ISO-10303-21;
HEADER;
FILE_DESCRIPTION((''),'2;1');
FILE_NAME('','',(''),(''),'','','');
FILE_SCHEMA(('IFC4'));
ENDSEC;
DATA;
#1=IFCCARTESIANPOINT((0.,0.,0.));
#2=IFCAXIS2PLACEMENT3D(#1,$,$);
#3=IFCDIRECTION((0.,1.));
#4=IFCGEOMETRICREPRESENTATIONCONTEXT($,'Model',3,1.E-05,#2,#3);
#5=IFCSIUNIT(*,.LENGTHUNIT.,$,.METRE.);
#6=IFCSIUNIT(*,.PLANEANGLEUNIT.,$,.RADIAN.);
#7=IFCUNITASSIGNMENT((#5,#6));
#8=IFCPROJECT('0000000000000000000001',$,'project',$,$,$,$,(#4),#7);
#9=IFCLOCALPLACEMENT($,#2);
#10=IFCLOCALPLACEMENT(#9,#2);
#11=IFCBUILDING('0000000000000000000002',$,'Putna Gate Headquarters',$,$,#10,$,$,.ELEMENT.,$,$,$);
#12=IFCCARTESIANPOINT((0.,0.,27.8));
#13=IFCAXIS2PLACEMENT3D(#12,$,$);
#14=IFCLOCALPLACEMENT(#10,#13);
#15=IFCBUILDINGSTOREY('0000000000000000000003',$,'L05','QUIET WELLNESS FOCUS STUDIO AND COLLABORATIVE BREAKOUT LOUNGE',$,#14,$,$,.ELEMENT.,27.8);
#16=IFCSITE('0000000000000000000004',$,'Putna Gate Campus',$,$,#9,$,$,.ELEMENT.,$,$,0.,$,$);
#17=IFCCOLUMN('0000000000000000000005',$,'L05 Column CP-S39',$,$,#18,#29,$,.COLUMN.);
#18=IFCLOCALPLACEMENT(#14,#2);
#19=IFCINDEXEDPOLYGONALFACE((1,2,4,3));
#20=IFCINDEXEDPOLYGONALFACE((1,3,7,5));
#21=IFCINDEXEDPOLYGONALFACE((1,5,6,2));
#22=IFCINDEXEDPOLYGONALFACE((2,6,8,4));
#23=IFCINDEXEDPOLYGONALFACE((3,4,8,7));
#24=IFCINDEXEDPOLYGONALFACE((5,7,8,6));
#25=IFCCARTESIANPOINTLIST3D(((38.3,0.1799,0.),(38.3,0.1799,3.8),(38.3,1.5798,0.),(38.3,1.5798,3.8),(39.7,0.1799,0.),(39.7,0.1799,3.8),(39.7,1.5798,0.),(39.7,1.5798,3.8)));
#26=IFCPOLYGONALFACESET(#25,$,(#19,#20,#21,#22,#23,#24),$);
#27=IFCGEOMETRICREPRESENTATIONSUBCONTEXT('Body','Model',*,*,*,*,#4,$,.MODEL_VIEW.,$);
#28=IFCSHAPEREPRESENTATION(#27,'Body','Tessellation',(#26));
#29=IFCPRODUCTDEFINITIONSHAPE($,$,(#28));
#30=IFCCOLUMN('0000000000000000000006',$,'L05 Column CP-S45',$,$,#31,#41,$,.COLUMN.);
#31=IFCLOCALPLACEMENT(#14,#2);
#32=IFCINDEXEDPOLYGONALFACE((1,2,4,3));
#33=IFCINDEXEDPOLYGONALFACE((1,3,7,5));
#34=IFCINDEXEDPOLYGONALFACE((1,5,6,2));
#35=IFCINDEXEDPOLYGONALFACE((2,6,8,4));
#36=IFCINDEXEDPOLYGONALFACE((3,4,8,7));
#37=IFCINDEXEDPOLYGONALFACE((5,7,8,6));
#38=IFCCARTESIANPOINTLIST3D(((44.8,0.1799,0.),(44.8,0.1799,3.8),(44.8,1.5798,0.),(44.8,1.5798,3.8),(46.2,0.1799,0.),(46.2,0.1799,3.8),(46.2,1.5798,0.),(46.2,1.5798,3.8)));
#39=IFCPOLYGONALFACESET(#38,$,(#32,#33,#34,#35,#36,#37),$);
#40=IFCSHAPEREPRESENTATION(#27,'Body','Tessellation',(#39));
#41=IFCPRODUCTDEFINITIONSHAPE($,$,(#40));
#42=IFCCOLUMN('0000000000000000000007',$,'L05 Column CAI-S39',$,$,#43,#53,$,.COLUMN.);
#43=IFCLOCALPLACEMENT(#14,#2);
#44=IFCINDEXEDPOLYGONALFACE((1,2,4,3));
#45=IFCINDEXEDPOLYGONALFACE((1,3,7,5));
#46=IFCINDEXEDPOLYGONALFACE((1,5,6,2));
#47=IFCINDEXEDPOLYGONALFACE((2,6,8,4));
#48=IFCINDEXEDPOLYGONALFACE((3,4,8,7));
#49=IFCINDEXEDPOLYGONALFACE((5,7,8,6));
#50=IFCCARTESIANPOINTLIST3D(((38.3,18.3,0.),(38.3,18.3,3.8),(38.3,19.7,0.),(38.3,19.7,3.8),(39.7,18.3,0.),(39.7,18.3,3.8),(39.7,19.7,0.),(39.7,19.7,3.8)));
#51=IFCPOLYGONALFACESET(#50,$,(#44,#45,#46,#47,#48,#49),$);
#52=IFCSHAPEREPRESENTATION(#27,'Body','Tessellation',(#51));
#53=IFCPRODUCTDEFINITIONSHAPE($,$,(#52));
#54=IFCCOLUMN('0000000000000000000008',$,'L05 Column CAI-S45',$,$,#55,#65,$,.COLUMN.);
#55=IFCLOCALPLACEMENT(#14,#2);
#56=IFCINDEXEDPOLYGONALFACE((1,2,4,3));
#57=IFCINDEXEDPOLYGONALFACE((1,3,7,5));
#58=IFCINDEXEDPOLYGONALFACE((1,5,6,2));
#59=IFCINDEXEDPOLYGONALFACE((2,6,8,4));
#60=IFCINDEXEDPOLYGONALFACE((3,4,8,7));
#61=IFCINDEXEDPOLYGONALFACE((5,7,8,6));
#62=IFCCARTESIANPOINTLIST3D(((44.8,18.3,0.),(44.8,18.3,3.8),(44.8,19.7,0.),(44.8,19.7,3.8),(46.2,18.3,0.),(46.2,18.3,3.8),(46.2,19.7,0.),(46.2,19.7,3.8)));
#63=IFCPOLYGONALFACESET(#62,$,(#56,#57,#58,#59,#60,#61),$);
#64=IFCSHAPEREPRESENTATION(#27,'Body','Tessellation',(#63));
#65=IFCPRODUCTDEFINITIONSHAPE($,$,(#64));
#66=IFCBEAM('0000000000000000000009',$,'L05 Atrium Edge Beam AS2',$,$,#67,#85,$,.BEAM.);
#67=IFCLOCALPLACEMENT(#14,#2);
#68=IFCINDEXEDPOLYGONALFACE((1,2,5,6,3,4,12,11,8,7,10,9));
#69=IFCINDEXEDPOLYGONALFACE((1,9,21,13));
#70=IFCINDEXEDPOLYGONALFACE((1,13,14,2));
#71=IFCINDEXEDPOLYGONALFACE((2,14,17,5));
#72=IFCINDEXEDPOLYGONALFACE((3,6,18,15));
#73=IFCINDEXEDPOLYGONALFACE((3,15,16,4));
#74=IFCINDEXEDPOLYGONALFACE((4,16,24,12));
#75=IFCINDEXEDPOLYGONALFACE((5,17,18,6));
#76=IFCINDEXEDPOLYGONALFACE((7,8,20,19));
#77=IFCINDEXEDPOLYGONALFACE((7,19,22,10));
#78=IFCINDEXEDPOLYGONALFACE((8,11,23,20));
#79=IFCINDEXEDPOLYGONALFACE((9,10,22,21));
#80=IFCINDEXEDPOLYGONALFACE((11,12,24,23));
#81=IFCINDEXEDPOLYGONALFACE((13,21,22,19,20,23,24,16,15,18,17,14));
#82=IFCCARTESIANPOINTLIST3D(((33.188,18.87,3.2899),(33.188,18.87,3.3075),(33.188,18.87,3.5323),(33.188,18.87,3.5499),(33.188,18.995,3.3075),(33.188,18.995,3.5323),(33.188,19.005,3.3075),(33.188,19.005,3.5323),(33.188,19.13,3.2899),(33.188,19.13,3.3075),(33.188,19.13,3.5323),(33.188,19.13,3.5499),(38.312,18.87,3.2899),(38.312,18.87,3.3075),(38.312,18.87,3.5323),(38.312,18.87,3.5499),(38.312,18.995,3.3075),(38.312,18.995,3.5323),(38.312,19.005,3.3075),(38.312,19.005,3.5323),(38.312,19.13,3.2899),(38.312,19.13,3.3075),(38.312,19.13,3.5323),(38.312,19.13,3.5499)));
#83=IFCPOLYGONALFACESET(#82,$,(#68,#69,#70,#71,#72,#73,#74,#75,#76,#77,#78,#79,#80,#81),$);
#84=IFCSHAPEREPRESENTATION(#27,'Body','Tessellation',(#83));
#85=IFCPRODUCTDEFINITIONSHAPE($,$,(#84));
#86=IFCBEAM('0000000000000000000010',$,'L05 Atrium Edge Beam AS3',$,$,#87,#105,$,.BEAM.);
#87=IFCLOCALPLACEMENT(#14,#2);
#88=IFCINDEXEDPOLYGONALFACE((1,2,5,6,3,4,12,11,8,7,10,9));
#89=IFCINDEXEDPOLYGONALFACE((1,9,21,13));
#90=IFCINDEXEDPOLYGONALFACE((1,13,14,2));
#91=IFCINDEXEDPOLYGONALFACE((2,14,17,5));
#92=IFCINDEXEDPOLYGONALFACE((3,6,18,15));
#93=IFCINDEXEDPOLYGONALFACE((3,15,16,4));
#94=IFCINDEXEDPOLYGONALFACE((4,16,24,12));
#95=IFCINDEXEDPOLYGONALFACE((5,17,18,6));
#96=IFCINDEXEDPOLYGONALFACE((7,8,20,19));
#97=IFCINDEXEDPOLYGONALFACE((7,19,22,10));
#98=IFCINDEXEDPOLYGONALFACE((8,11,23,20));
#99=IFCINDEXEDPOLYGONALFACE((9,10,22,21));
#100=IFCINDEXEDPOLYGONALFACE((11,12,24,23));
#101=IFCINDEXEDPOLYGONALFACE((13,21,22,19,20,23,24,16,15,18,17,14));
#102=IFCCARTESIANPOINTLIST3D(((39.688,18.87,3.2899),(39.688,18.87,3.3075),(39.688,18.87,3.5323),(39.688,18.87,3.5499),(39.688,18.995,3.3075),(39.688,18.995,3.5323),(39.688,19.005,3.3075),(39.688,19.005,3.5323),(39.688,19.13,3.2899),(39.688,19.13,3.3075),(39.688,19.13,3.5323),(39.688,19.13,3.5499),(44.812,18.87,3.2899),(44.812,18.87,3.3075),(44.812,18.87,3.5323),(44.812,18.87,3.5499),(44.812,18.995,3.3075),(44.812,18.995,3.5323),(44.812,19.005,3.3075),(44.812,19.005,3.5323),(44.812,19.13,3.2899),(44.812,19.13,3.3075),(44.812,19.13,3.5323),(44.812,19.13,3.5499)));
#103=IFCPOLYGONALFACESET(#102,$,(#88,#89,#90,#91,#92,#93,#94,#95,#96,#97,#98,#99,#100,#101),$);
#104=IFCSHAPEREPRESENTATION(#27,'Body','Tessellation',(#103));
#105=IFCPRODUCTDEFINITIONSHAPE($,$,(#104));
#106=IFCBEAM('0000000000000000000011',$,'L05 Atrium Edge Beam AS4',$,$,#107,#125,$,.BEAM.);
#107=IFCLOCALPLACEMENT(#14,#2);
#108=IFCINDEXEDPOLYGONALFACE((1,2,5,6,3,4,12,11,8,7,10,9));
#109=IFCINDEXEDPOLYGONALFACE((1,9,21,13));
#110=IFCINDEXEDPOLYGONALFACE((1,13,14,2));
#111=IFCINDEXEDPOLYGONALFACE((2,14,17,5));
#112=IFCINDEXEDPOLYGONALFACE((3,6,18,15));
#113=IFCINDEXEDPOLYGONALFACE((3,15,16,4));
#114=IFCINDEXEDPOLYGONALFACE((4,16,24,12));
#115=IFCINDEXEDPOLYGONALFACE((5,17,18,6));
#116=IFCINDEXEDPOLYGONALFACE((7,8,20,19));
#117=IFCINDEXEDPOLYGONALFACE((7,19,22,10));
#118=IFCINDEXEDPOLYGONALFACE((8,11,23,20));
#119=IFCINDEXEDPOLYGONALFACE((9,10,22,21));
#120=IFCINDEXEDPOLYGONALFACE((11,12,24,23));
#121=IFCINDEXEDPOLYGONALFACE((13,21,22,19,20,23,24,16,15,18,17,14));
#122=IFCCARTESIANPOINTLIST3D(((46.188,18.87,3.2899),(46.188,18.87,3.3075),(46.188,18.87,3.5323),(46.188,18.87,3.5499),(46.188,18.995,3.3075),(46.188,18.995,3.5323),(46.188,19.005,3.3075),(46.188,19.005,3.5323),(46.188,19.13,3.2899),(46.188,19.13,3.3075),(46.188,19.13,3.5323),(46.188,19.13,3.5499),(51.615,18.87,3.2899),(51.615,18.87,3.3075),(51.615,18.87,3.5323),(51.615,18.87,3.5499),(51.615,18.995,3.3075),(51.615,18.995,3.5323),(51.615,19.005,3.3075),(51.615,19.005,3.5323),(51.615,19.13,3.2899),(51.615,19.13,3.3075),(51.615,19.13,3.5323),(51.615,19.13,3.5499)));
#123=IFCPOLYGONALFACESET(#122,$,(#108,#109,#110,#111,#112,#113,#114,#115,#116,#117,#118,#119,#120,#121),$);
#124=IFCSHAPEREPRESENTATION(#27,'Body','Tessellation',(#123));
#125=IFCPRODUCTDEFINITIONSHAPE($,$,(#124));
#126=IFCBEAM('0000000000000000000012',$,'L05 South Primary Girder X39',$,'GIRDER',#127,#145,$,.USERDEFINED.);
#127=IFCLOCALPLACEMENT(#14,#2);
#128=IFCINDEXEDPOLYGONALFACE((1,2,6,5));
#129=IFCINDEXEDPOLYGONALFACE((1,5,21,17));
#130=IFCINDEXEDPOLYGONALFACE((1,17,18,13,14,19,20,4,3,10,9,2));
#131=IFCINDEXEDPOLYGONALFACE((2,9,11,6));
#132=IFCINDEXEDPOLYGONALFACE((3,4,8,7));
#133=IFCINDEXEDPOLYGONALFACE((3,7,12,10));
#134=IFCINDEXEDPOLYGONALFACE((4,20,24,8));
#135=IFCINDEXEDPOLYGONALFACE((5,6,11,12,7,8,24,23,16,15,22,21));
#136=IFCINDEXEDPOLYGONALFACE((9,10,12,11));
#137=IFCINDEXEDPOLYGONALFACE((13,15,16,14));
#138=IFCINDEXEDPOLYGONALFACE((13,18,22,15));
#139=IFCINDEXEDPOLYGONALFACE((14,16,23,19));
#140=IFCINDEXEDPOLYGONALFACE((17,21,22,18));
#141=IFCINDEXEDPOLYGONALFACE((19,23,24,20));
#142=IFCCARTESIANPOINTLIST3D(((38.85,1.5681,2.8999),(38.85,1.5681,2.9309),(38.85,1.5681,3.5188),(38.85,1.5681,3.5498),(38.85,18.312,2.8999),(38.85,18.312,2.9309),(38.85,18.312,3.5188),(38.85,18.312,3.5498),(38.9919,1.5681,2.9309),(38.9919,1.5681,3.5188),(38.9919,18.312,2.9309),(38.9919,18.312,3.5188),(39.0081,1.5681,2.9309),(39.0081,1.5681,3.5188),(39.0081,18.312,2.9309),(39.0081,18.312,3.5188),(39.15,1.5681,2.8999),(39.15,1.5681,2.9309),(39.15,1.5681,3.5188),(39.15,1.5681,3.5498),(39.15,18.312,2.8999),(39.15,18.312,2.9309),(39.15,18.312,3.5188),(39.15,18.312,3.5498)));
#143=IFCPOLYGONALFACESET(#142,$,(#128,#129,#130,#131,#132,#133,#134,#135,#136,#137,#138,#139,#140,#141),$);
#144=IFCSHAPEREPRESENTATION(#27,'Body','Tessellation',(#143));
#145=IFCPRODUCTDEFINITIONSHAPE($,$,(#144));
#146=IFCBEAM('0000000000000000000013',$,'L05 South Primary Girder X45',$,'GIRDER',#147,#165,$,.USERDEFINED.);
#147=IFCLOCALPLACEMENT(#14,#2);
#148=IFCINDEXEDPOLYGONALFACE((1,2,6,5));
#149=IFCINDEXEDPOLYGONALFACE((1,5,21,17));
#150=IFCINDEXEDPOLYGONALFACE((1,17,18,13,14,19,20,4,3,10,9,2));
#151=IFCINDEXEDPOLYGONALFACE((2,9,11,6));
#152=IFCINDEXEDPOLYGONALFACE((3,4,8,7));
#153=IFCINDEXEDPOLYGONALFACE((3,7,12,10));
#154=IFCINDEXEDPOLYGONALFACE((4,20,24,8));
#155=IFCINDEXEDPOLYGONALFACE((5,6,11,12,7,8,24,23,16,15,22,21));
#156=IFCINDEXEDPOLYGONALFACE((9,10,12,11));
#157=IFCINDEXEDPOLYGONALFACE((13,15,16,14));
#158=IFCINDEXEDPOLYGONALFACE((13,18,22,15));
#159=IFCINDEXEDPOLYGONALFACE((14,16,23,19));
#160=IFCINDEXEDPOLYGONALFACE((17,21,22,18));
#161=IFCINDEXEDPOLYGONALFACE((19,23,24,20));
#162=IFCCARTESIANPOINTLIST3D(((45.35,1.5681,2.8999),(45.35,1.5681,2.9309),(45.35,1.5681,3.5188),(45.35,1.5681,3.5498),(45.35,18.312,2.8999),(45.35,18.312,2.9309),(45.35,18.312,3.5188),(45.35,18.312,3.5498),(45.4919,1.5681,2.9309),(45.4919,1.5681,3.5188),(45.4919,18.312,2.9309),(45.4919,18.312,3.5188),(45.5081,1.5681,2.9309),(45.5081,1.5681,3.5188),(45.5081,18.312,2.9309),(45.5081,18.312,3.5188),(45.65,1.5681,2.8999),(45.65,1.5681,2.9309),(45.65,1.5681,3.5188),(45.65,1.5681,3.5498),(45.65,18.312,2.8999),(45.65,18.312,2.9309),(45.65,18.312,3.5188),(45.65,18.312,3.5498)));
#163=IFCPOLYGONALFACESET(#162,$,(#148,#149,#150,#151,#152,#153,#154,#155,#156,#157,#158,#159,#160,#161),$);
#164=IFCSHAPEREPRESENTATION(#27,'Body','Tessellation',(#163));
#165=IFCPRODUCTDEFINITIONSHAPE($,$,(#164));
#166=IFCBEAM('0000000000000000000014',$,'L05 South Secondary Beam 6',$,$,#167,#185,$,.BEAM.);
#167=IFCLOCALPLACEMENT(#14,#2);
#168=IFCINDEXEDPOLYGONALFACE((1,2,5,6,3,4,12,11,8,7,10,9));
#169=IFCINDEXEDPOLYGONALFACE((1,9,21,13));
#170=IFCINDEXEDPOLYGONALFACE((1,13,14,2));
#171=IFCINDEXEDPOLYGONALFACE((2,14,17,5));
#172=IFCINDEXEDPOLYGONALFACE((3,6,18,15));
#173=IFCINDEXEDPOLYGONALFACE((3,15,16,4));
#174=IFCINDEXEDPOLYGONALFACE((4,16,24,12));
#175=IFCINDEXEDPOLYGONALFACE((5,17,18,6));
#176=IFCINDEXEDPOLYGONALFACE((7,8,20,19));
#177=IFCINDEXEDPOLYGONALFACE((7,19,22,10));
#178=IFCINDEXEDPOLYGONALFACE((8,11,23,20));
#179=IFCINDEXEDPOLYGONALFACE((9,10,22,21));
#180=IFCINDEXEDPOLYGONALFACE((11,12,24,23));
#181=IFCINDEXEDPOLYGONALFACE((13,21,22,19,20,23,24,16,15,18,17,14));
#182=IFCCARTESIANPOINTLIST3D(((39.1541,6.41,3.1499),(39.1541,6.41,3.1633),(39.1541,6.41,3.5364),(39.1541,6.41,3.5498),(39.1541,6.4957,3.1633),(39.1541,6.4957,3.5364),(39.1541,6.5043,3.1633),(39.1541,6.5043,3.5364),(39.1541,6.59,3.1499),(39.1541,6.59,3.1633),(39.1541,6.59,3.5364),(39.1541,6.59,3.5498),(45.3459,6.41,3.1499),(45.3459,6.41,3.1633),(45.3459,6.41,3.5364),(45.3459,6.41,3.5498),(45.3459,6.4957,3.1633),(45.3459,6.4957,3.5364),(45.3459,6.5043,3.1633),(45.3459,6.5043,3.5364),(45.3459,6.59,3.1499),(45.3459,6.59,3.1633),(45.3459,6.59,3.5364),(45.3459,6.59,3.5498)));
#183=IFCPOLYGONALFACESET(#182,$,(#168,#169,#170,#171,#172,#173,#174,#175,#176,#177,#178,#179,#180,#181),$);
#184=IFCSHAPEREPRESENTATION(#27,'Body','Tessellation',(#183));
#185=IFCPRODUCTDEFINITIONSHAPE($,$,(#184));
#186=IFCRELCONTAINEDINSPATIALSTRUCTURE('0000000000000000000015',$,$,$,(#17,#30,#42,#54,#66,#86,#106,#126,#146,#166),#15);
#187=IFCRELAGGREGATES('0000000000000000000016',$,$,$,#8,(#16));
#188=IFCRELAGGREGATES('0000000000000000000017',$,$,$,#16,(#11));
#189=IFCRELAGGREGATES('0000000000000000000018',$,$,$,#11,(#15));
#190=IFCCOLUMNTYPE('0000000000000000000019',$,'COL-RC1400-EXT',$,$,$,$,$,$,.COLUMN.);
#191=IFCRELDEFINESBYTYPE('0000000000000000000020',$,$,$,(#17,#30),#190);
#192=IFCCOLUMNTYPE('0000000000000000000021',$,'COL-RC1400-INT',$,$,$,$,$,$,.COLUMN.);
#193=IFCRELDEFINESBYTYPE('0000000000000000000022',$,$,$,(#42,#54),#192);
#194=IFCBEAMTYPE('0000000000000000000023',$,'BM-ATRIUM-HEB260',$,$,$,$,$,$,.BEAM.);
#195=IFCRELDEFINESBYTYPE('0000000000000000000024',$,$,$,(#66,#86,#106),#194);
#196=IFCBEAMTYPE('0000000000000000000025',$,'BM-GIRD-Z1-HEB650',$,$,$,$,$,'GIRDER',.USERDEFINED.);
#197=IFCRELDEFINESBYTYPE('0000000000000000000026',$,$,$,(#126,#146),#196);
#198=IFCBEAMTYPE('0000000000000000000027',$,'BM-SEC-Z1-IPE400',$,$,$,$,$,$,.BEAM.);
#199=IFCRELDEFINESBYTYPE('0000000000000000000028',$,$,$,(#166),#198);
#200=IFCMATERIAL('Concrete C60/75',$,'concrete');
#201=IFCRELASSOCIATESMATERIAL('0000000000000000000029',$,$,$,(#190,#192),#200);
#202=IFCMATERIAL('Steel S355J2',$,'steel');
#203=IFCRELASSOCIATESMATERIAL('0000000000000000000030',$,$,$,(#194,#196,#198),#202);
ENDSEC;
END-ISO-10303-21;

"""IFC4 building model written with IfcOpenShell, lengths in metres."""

from ifc_helpers import new_model, si_unit, direction, frame, origin, origin_2d, place, context, subcontext, project, spatial, rectangle, i_section, extrude, material, material_profile, profile_set, type_object, element, save


model = new_model("IFC4")

# Units and contexts
model_context = context("Model", 3, precision=1e-05, world=origin(), true_north=direction((0.0, 1.0)))
body_context = subcontext(model_context, "Body", "Model", "MODEL_VIEW")
ifc_project = project(units=[si_unit("LENGTHUNIT", "METRE"), si_unit("PLANEANGLEUNIT", "RADIAN")], contexts=[model_context])

# Site, building, storey
site_placement = place(None, origin())
site = spatial("IfcSite", under=ifc_project, at=site_placement, Name="Putna Gate Campus", CompositionType="ELEMENT", RefElevation=0.0)
building_placement = place(site_placement, origin())
building = spatial("IfcBuilding", under=site, at=building_placement, Name="Putna Gate Headquarters", CompositionType="ELEMENT")
storey_placement = place(building_placement, frame((0.0, 0.0, 27.8)))
storey = spatial("IfcBuildingStorey", under=building, at=storey_placement, Name="L05", Description="QUIET WELLNESS FOCUS STUDIO AND COLLABORATIVE BREAKOUT LOUNGE", CompositionType="ELEMENT", Elevation=27.8)

# Columns
ifc_material_1 = material(Name="Concrete C60/75", Category="concrete")
ifc_material_profile_1 = material_profile(ifc_material_1, rectangle(XDim=1.3999, YDim=1.3999, at=origin_2d()), Name="Concrete C60/75")
ifc_profile_set_1 = profile_set([ifc_material_profile_1], Name="Concrete C60/75")
column_type_1 = type_object("IfcColumnType", Name="COL-RC1400-EXT", PredefinedType="COLUMN", material=ifc_profile_set_1)
for number, where, z_axis, x_axis, name in (
    (1, (39.0, 0.8799, 0.0), (0.0, 0.0, 1.0), (1.0, 0.0, 0.0), "L05 Column CP-S39"),
    (2, (45.5, 0.8799, 0.0), (0.0, 0.0, 1.0), (1.0, 0.0, 0.0), "L05 Column CP-S45"),
):
    element("IfcColumn", number, at=place(storey_placement, frame(where, z_axis=z_axis, x_axis=x_axis)), inside=storey, type_object=column_type_1, Name=name, PredefinedType="COLUMN", context=body_context, shape_type="SweptSolid", body=[
        extrude(rectangle(XDim=1.3999, YDim=1.3999, at=origin_2d()), origin(), (0.0, 0.0, 1.0), 3.8),
    ])
ifc_material_profile_2 = material_profile(ifc_material_1, rectangle(XDim=1.3999, YDim=1.3999, at=origin_2d()), Name="Concrete C60/75")
ifc_profile_set_2 = profile_set([ifc_material_profile_2], Name="Concrete C60/75")
column_type_2 = type_object("IfcColumnType", Name="COL-RC1400-INT", PredefinedType="COLUMN", material=ifc_profile_set_2)
for number, where, z_axis, x_axis, name in (
    (3, (39.0, 19.0, 0.0), (0.0, 0.0, 1.0), (1.0, 0.0, 0.0), "L05 Column CAI-S39"),
    (4, (45.5, 19.0, 0.0), (0.0, 0.0, 1.0), (1.0, 0.0, 0.0), "L05 Column CAI-S45"),
):
    element("IfcColumn", number, at=place(storey_placement, frame(where, z_axis=z_axis, x_axis=x_axis)), inside=storey, type_object=column_type_2, Name=name, PredefinedType="COLUMN", context=body_context, shape_type="SweptSolid", body=[
        extrude(rectangle(XDim=1.3999, YDim=1.3999, at=origin_2d()), origin(), (0.0, 0.0, 1.0), 3.8),
    ])

# Beams
ifc_material_2 = material(Name="Steel S355J2", Category="steel")
ifc_material_profile_3 = material_profile(ifc_material_2, i_section(OverallWidth=0.26, OverallDepth=0.26, WebThickness=0.01, FlangeThickness=0.0176, at=origin_2d()), Name="Steel S355J2")
ifc_profile_set_3 = profile_set([ifc_material_profile_3], Name="Steel S355J2")
beam_type_1 = type_object("IfcBeamType", Name="BM-ATRIUM-HEB260", PredefinedType="BEAM", material=ifc_profile_set_3)
for number, where, z_axis, x_axis, name in (
    (5, (33.188, 19.0, 3.4199), (1.0, 0.0, 0.0), (0.0, 1.0, 0.0), "L05 Atrium Edge Beam AS2"),
    (6, (39.688, 19.0, 3.4199), (1.0, 0.0, 0.0), (0.0, 1.0, 0.0), "L05 Atrium Edge Beam AS3"),
):
    element("IfcBeam", number, at=place(storey_placement, frame(where, z_axis=z_axis, x_axis=x_axis)), inside=storey, type_object=beam_type_1, Name=name, PredefinedType="BEAM", context=body_context, shape_type="SweptSolid", body=[
        extrude(i_section(OverallWidth=0.26, OverallDepth=0.26, WebThickness=0.01, FlangeThickness=0.0176, at=origin_2d()), origin(), (0.0, 0.0, 1.0), 5.124),
    ])
beam_1_placement = place(storey_placement, frame((46.188, 19.0, 3.4199), z_axis=(1.0, 0.0, 0.0), x_axis=(0.0, 1.0, 0.0)))
element("IfcBeam", 7, at=beam_1_placement, inside=storey, type_object=beam_type_1, Name="L05 Atrium Edge Beam AS4", PredefinedType="BEAM", context=body_context, shape_type="SweptSolid", body=[
    extrude(i_section(OverallWidth=0.26, OverallDepth=0.26, WebThickness=0.01, FlangeThickness=0.0176, at=origin_2d()), origin(), (0.0, 0.0, 1.0), 5.427),
])
ifc_material_profile_4 = material_profile(ifc_material_2, i_section(OverallWidth=0.3, OverallDepth=0.6499, WebThickness=0.0161, FlangeThickness=0.031, at=origin_2d()), Name="Steel S355J2")
ifc_profile_set_4 = profile_set([ifc_material_profile_4], Name="Steel S355J2")
beam_type_2 = type_object("IfcBeamType", Name="BM-GIRD-Z1-HEB650", ElementType="GIRDER", PredefinedType="USERDEFINED", material=ifc_profile_set_4)
for number, where, z_axis, x_axis, name in (
    (8, (39.0, 1.5681, 3.2249), (0.0, 1.0, 0.0), (-1.0, 0.0, 0.0), "L05 South Primary Girder X39"),
    (9, (45.5, 1.5681, 3.2249), (0.0, 1.0, 0.0), (-1.0, 0.0, 0.0), "L05 South Primary Girder X45"),
):
    element("IfcBeam", number, at=place(storey_placement, frame(where, z_axis=z_axis, x_axis=x_axis)), inside=storey, type_object=beam_type_2, Name=name, ObjectType="GIRDER", PredefinedType="USERDEFINED", context=body_context, shape_type="SweptSolid", body=[
        extrude(i_section(OverallWidth=0.3, OverallDepth=0.6499, WebThickness=0.0161, FlangeThickness=0.031, at=origin_2d()), origin(), (0.0, 0.0, 1.0), 16.7439),
    ])
ifc_material_profile_5 = material_profile(ifc_material_2, i_section(OverallWidth=0.1799, OverallDepth=0.3999, WebThickness=0.0085, FlangeThickness=0.0134, at=origin_2d()), Name="Steel S355J2")
ifc_profile_set_5 = profile_set([ifc_material_profile_5], Name="Steel S355J2")
beam_type_3 = type_object("IfcBeamType", Name="BM-SEC-Z1-IPE400", PredefinedType="BEAM", material=ifc_profile_set_5)
for number, where, z_axis, x_axis, name in (
    (10, (39.1541, 6.5, 3.3499), (1.0, 0.0, 0.0), (0.0, 1.0, 0.0), "L05 South Secondary Beam 6"),
):
    element("IfcBeam", number, at=place(storey_placement, frame(where, z_axis=z_axis, x_axis=x_axis)), inside=storey, type_object=beam_type_3, Name=name, PredefinedType="BEAM", context=body_context, shape_type="SweptSolid", body=[
        extrude(i_section(OverallWidth=0.1799, OverallDepth=0.3999, WebThickness=0.0085, FlangeThickness=0.0134, at=origin_2d()), origin(), (0.0, 0.0, 1.0), 6.1919),
    ])

save(model, "model.ifc")
